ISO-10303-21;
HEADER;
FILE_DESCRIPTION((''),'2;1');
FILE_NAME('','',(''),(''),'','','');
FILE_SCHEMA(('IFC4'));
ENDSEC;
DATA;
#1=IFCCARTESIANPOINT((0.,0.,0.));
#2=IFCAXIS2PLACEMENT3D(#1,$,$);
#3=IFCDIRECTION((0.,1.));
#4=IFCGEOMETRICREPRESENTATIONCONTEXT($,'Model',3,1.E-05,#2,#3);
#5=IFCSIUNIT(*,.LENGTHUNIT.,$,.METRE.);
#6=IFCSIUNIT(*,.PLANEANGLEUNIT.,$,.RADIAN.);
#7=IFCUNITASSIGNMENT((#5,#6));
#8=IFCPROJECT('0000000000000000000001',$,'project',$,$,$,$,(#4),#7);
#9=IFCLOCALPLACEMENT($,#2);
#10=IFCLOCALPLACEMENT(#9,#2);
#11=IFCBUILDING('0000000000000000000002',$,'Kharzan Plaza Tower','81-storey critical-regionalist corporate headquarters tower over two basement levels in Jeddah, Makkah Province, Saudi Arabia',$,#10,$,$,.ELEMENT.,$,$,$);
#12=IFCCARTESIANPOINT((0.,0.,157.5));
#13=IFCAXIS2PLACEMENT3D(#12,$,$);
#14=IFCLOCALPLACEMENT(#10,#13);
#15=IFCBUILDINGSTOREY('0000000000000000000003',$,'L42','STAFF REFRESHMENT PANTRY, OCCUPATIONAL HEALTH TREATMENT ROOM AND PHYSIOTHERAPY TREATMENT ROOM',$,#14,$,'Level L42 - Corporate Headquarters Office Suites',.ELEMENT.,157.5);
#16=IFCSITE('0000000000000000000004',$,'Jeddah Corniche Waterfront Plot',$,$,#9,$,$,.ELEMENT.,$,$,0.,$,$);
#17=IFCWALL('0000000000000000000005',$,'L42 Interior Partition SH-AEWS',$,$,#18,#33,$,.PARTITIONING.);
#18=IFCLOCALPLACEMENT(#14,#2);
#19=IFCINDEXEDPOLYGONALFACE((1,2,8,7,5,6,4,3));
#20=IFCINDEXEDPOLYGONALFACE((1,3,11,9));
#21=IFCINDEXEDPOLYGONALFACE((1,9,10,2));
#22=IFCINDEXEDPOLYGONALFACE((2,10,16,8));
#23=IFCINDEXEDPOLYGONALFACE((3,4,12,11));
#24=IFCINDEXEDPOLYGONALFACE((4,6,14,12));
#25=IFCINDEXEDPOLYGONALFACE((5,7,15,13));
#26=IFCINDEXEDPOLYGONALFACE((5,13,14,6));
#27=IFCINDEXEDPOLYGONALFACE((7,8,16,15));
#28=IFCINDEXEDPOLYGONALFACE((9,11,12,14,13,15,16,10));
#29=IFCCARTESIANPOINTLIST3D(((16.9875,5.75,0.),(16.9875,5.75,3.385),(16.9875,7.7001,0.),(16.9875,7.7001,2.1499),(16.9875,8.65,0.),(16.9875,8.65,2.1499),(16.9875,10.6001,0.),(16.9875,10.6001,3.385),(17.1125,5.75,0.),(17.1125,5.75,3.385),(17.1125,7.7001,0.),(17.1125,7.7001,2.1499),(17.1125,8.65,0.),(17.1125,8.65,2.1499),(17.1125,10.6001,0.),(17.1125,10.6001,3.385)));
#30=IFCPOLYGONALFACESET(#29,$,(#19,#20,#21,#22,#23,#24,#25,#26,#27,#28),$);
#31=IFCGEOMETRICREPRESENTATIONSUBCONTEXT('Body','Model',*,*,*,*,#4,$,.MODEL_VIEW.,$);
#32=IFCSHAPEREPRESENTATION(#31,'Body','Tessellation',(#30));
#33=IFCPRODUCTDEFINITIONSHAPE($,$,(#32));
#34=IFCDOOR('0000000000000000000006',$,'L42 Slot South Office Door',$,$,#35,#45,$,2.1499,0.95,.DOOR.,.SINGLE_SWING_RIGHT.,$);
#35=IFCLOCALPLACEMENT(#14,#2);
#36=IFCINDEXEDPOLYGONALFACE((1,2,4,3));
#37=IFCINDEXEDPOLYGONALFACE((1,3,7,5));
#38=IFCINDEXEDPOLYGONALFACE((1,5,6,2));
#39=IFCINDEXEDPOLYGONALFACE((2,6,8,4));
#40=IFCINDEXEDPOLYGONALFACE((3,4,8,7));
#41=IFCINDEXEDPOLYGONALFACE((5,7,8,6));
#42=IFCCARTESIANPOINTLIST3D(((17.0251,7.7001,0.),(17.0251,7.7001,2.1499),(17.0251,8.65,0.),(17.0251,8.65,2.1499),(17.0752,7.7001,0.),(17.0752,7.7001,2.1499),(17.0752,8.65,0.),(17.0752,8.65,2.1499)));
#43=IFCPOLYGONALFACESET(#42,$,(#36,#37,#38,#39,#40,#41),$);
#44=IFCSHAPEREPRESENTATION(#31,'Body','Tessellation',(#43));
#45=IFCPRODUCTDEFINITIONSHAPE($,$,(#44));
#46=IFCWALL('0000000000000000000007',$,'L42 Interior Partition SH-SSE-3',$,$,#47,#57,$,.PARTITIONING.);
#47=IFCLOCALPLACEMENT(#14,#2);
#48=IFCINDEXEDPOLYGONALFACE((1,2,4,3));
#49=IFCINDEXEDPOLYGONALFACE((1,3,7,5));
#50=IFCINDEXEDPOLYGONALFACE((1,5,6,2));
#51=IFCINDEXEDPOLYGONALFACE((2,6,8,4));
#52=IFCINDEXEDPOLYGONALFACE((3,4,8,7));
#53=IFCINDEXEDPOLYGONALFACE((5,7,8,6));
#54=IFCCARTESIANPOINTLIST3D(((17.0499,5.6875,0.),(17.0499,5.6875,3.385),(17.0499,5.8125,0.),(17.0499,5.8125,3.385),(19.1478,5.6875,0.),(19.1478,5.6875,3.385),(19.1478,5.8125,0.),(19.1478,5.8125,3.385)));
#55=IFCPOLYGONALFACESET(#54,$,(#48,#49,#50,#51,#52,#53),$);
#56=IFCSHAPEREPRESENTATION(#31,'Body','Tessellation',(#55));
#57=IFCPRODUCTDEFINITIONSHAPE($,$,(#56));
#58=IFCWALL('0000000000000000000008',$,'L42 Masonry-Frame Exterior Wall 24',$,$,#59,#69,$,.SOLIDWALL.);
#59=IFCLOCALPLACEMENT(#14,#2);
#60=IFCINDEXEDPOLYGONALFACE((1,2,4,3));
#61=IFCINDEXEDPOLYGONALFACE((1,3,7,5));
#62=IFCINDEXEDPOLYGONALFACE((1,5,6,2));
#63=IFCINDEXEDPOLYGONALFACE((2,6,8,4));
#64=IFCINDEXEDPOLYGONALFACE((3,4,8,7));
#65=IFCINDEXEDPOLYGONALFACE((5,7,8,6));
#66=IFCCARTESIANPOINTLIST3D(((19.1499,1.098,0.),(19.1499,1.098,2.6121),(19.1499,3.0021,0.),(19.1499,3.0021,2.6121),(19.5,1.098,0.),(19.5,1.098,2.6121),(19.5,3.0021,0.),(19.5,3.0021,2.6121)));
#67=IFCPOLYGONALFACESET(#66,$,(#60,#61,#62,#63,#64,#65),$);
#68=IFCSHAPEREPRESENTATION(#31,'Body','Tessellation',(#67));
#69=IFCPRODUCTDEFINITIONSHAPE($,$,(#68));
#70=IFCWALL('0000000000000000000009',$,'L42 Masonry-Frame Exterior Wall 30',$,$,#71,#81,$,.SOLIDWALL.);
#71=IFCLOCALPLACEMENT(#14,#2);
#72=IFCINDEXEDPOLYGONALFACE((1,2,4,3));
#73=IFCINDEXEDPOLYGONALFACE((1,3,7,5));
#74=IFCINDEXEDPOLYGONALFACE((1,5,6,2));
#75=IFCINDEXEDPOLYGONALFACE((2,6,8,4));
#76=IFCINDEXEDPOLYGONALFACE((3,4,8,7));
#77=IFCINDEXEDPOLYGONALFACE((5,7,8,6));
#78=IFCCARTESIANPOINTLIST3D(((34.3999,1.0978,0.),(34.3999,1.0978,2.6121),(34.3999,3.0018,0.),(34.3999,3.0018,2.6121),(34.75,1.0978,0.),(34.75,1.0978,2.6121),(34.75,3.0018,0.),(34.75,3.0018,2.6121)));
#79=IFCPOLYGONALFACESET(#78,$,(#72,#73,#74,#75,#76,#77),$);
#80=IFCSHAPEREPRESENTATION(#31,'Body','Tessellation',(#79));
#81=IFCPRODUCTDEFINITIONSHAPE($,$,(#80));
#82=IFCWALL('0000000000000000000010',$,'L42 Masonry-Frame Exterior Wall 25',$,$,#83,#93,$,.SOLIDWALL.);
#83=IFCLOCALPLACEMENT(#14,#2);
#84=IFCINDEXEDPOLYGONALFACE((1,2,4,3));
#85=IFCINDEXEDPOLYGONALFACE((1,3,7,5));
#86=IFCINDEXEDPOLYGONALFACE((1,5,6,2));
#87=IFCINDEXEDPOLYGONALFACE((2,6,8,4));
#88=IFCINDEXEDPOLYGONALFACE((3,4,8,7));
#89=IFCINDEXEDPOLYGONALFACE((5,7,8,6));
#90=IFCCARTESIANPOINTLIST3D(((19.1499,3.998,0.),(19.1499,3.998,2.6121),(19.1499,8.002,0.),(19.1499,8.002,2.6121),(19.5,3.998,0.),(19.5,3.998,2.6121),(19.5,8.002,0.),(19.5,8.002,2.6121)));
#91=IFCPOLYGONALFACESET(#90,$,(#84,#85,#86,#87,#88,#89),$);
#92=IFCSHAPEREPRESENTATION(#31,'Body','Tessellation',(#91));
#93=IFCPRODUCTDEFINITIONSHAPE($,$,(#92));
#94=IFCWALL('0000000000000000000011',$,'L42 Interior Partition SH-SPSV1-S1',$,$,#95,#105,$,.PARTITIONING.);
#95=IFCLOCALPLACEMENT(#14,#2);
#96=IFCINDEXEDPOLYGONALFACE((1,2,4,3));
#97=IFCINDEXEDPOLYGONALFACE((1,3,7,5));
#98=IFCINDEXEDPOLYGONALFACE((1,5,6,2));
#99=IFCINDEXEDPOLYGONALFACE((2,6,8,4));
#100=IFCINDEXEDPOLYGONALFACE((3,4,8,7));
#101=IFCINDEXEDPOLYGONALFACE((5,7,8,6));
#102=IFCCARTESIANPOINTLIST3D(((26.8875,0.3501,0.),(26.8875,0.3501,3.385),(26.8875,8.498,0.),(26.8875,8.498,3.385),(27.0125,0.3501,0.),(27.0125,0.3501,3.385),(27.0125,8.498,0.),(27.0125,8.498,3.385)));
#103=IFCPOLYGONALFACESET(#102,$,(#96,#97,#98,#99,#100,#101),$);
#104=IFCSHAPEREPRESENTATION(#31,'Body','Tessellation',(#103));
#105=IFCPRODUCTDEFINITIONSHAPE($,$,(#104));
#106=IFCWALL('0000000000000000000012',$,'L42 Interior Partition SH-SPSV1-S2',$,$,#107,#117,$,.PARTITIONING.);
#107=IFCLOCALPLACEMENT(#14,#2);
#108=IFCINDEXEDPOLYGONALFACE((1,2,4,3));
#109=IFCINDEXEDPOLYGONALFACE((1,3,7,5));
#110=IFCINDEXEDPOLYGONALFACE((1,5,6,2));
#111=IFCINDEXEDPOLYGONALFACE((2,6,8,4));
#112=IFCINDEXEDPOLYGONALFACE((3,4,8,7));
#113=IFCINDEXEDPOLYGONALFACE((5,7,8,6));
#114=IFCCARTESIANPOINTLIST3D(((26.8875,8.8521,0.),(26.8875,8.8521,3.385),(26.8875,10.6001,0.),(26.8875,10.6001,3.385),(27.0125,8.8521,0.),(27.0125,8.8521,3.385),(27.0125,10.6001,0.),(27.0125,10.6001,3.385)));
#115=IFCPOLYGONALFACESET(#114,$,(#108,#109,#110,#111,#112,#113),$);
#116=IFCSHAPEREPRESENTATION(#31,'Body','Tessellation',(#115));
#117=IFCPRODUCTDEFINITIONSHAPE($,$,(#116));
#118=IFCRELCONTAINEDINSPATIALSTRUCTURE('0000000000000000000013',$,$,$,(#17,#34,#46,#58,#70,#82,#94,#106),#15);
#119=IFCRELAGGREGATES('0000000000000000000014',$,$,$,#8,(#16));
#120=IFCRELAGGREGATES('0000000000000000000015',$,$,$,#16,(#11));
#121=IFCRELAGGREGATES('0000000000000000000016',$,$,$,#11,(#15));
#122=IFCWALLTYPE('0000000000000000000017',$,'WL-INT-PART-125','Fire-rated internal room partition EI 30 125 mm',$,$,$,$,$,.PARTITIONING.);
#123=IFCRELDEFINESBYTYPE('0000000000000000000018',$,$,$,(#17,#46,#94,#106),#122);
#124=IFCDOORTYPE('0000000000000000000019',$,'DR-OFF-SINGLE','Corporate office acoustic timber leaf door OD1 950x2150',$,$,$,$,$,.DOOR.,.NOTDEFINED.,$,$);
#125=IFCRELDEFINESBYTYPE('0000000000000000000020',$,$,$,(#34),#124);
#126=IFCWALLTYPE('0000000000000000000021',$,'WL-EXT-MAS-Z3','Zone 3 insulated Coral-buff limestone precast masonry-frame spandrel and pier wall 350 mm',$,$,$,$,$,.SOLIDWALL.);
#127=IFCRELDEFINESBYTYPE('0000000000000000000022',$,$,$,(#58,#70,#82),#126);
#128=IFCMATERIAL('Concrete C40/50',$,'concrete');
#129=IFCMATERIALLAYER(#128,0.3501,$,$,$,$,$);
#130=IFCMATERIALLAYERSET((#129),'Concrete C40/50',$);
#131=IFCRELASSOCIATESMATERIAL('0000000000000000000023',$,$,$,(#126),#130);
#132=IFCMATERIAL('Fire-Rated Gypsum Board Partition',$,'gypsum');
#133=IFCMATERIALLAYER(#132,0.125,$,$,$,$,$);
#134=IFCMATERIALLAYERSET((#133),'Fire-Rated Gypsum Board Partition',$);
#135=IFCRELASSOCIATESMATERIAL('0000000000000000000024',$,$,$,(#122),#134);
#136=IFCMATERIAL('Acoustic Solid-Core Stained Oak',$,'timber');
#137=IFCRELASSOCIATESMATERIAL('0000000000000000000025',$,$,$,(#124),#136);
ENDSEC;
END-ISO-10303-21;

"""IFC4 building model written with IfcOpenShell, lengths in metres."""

from ifc_helpers import new_model, si_unit, direction, frame, frame_2d, origin, place, context, subcontext, project, spatial, rectangle, extrude, source, transform, mapped, material, layer, layer_set, type_object, element, fill, save


model = new_model("IFC4")

# Units and contexts
model_context = context("Model", 3, precision=1e-05, world=origin(), true_north=direction((0.0, 1.0)))
body_context = subcontext(model_context, "Body", "Model", "MODEL_VIEW")
ifc_project = project(units=[si_unit("LENGTHUNIT", "METRE"), si_unit("PLANEANGLEUNIT", "RADIAN")], contexts=[model_context])

# Site, building, storey
site_placement = place(None, origin())
site = spatial("IfcSite", under=ifc_project, at=site_placement, Name="Jeddah Corniche Waterfront Plot", CompositionType="ELEMENT", RefElevation=0.0)
building_placement = place(site_placement, origin())
building = spatial("IfcBuilding", under=site, at=building_placement, Name="Kharzan Plaza Tower", Description="81-storey critical-regionalist corporate headquarters tower over two basement levels in Jeddah, Makkah Province, Saudi Arabia", CompositionType="ELEMENT")
storey_placement = place(building_placement, frame((0.0, 0.0, 157.5)))
storey = spatial("IfcBuildingStorey", under=building, at=storey_placement, Name="L42", Description="STAFF REFRESHMENT PANTRY, OCCUPATIONAL HEALTH TREATMENT ROOM AND PHYSIOTHERAPY TREATMENT ROOM", LongName="Level L42 - Corporate Headquarters Office Suites", CompositionType="ELEMENT", Elevation=157.5)

# Shared definitions
ifc_material_1 = material(Name="Concrete C40/50", Category="concrete")
ifc_layer_1 = layer(ifc_material_1, 0.3501)
ifc_layer_set_1 = layer_set([ifc_layer_1], Name="Concrete C40/50")
wall_type_1 = type_object("IfcWallType", Name="WL-EXT-MAS-Z3", Description="Zone 3 insulated Coral-buff limestone precast masonry-frame spandrel and pier wall 350 mm", PredefinedType="SOLIDWALL", material=ifc_layer_set_1)

# Wall, opening, door
ifc_material_2 = material(Name="Fire-Rated Gypsum Board Partition", Category="gypsum")
ifc_layer_2 = layer(ifc_material_2, 0.125)
ifc_layer_set_2 = layer_set([ifc_layer_2], Name="Fire-Rated Gypsum Board Partition")
wall_type_2 = type_object("IfcWallType", Name="WL-INT-PART-125", Description="Fire-rated internal room partition EI 30 125 mm", PredefinedType="PARTITIONING", material=ifc_layer_set_2)
wall_1_placement = place(storey_placement, frame((17.05, 5.75, 0.0), z_axis=(0.0, 0.0, 1.0), x_axis=(0.0, 1.0, 0.0)))
wall_1 = element("IfcWall", 1, at=wall_1_placement, inside=storey, type_object=wall_type_2, Name="L42 Interior Partition SH-AEWS", PredefinedType="PARTITIONING", context=body_context, shape_type="SweptSolid", body=[
    extrude(rectangle(XDim=4.8501, YDim=0.125, at=frame_2d((2.425, 0.0))), origin(), (0.0, 0.0, 1.0), 3.385),
])
opening_1_placement = place(wall_1_placement, frame((1.95, 0.0, 0.0)))
opening_1 = element("IfcOpeningElement", 2, at=opening_1_placement, cuts=wall_1, PredefinedType="OPENING", context=body_context, shape_type="SweptSolid", body=[
    extrude(rectangle(XDim=0.95, YDim=2.1499, at=frame_2d((0.4751, 1.075))), frame((0.0, 0.0725, 0.0), z_axis=(0.0, -1.0, 0.0), x_axis=(1.0, 0.0, 0.0)), (0.0, 0.0, 1.0), 0.145),
])
ifc_material_3 = material(Name="Acoustic Solid-Core Stained Oak", Category="timber")
door_type = type_object("IfcDoorType", Name="DR-OFF-SINGLE", Description="Corporate office acoustic timber leaf door OD1 950x2150", OperationType="NOTDEFINED", PredefinedType="DOOR", material=ifc_material_3)
shared_shape_1 = source(origin(), body_context, "Body", "SweptSolid", [
    extrude(rectangle(XDim=0.95, YDim=2.1499, at=frame_2d((0.4751, 1.075))), frame((0.0, 0.0249, 0.0), z_axis=(0.0, -1.0, 0.0), x_axis=(1.0, 0.0, 0.0)), (0.0, 0.0, 1.0), 0.05),
])
door_placement = place(opening_1_placement, origin())
door = element("IfcDoor", 3, at=door_placement, inside=storey, type_object=door_type, Name="L42 Slot South Office Door", OperationType="SINGLE_SWING_RIGHT", OverallHeight=2.1499, OverallWidth=0.95, PredefinedType="DOOR", context=body_context, shape_type="MappedRepresentation", body=[
    mapped(shared_shape_1, transform((0.0, 0.0, 0.0), x_axis=(1.0, 0.0, 0.0), y_axis=(0.0, 1.0, 0.0), z_axis=(0.0, 0.0, 1.0))),
])
fill(opening_1, door)

# Walls
shared_shape_2 = source(origin(), body_context, "Body", "SweptSolid", [
    extrude(rectangle(XDim=2.0979, YDim=0.125, at=frame_2d((1.0488, 0.0))), origin(), (0.0, 0.0, 1.0), 3.385),
])
wall_2_placement = place(storey_placement, frame((17.05, 5.75, 0.0), z_axis=(0.0, 0.0, 1.0), x_axis=(1.0, 0.0, 0.0)))
element("IfcWall", 4, at=wall_2_placement, inside=storey, type_object=wall_type_2, Name="L42 Interior Partition SH-SSE-3", PredefinedType="PARTITIONING", context=body_context, shape_type="MappedRepresentation", body=[
    mapped(shared_shape_2, transform((0.0, 0.0, 0.0), x_axis=(1.0, 0.0, 0.0), y_axis=(0.0, 1.0, 0.0), z_axis=(0.0, 0.0, 1.0))),
])
shared_shape_3 = source(origin(), body_context, "Body", "SweptSolid", [
    extrude(rectangle(XDim=1.9041, YDim=0.3501, at=frame_2d((0.9521, 0.0))), origin(), (0.0, 0.0, 1.0), 2.6121),
])
for number, where, z_axis, x_axis, name in (
    (5, (19.325, 1.0979, 0.0), (0.0, 0.0, 1.0), (0.0, 1.0, 0.0), "L42 Masonry-Frame Exterior Wall 24"),
    (6, (34.575, 3.002, 0.0), (0.0, 0.0, 1.0), (0.0, -1.0, 0.0), "L42 Masonry-Frame Exterior Wall 30"),
):
    element("IfcWall", number, at=place(storey_placement, frame(where, z_axis=z_axis, x_axis=x_axis)), inside=storey, type_object=wall_type_1, Name=name, PredefinedType="SOLIDWALL", context=body_context, shape_type="MappedRepresentation", body=[
        mapped(shared_shape_3, transform((0.0, 0.0, 0.0), x_axis=(1.0, 0.0, 0.0), y_axis=(0.0, 1.0, 0.0), z_axis=(0.0, 0.0, 1.0))),
    ])
shared_shape_4 = source(origin(), body_context, "Body", "SweptSolid", [
    extrude(rectangle(XDim=4.0039, YDim=0.3501, at=frame_2d((2.002, 0.0))), origin(), (0.0, 0.0, 1.0), 2.6121),
])
wall_3_placement = place(storey_placement, frame((19.325, 3.998, 0.0), z_axis=(0.0, 0.0, 1.0), x_axis=(0.0, 1.0, 0.0)))
element("IfcWall", 7, at=wall_3_placement, inside=storey, type_object=wall_type_1, Name="L42 Masonry-Frame Exterior Wall 25", PredefinedType="SOLIDWALL", context=body_context, shape_type="MappedRepresentation", body=[
    mapped(shared_shape_4, transform((0.0, 0.0, 0.0), x_axis=(1.0, 0.0, 0.0), y_axis=(0.0, 1.0, 0.0), z_axis=(0.0, 0.0, 1.0))),
])
shared_shape_5 = source(origin(), body_context, "Body", "SweptSolid", [
    extrude(rectangle(XDim=8.1479, YDim=0.125, at=frame_2d((4.074, 0.0))), origin(), (0.0, 0.0, 1.0), 3.385),
])
wall_4_placement = place(storey_placement, frame((26.95, 0.3501, 0.0), z_axis=(0.0, 0.0, 1.0), x_axis=(0.0, 1.0, 0.0)))
element("IfcWall", 8, at=wall_4_placement, inside=storey, type_object=wall_type_2, Name="L42 Interior Partition SH-SPSV1-S1", PredefinedType="PARTITIONING", context=body_context, shape_type="MappedRepresentation", body=[
    mapped(shared_shape_5, transform((0.0, 0.0, 0.0), x_axis=(1.0, 0.0, 0.0), y_axis=(0.0, 1.0, 0.0), z_axis=(0.0, 0.0, 1.0))),
])
shared_shape_6 = source(origin(), body_context, "Body", "SweptSolid", [
    extrude(rectangle(XDim=1.748, YDim=0.125, at=frame_2d((0.874, 0.0))), origin(), (0.0, 0.0, 1.0), 3.385),
])
wall_5_placement = place(storey_placement, frame((26.95, 8.8521, 0.0), z_axis=(0.0, 0.0, 1.0), x_axis=(0.0, 1.0, 0.0)))
element("IfcWall", 9, at=wall_5_placement, inside=storey, type_object=wall_type_2, Name="L42 Interior Partition SH-SPSV1-S2", PredefinedType="PARTITIONING", context=body_context, shape_type="MappedRepresentation", body=[
    mapped(shared_shape_6, transform((0.0, 0.0, 0.0), x_axis=(1.0, 0.0, 0.0), y_axis=(0.0, 1.0, 0.0), z_axis=(0.0, 0.0, 1.0))),
])

save(model, "model.ifc")
